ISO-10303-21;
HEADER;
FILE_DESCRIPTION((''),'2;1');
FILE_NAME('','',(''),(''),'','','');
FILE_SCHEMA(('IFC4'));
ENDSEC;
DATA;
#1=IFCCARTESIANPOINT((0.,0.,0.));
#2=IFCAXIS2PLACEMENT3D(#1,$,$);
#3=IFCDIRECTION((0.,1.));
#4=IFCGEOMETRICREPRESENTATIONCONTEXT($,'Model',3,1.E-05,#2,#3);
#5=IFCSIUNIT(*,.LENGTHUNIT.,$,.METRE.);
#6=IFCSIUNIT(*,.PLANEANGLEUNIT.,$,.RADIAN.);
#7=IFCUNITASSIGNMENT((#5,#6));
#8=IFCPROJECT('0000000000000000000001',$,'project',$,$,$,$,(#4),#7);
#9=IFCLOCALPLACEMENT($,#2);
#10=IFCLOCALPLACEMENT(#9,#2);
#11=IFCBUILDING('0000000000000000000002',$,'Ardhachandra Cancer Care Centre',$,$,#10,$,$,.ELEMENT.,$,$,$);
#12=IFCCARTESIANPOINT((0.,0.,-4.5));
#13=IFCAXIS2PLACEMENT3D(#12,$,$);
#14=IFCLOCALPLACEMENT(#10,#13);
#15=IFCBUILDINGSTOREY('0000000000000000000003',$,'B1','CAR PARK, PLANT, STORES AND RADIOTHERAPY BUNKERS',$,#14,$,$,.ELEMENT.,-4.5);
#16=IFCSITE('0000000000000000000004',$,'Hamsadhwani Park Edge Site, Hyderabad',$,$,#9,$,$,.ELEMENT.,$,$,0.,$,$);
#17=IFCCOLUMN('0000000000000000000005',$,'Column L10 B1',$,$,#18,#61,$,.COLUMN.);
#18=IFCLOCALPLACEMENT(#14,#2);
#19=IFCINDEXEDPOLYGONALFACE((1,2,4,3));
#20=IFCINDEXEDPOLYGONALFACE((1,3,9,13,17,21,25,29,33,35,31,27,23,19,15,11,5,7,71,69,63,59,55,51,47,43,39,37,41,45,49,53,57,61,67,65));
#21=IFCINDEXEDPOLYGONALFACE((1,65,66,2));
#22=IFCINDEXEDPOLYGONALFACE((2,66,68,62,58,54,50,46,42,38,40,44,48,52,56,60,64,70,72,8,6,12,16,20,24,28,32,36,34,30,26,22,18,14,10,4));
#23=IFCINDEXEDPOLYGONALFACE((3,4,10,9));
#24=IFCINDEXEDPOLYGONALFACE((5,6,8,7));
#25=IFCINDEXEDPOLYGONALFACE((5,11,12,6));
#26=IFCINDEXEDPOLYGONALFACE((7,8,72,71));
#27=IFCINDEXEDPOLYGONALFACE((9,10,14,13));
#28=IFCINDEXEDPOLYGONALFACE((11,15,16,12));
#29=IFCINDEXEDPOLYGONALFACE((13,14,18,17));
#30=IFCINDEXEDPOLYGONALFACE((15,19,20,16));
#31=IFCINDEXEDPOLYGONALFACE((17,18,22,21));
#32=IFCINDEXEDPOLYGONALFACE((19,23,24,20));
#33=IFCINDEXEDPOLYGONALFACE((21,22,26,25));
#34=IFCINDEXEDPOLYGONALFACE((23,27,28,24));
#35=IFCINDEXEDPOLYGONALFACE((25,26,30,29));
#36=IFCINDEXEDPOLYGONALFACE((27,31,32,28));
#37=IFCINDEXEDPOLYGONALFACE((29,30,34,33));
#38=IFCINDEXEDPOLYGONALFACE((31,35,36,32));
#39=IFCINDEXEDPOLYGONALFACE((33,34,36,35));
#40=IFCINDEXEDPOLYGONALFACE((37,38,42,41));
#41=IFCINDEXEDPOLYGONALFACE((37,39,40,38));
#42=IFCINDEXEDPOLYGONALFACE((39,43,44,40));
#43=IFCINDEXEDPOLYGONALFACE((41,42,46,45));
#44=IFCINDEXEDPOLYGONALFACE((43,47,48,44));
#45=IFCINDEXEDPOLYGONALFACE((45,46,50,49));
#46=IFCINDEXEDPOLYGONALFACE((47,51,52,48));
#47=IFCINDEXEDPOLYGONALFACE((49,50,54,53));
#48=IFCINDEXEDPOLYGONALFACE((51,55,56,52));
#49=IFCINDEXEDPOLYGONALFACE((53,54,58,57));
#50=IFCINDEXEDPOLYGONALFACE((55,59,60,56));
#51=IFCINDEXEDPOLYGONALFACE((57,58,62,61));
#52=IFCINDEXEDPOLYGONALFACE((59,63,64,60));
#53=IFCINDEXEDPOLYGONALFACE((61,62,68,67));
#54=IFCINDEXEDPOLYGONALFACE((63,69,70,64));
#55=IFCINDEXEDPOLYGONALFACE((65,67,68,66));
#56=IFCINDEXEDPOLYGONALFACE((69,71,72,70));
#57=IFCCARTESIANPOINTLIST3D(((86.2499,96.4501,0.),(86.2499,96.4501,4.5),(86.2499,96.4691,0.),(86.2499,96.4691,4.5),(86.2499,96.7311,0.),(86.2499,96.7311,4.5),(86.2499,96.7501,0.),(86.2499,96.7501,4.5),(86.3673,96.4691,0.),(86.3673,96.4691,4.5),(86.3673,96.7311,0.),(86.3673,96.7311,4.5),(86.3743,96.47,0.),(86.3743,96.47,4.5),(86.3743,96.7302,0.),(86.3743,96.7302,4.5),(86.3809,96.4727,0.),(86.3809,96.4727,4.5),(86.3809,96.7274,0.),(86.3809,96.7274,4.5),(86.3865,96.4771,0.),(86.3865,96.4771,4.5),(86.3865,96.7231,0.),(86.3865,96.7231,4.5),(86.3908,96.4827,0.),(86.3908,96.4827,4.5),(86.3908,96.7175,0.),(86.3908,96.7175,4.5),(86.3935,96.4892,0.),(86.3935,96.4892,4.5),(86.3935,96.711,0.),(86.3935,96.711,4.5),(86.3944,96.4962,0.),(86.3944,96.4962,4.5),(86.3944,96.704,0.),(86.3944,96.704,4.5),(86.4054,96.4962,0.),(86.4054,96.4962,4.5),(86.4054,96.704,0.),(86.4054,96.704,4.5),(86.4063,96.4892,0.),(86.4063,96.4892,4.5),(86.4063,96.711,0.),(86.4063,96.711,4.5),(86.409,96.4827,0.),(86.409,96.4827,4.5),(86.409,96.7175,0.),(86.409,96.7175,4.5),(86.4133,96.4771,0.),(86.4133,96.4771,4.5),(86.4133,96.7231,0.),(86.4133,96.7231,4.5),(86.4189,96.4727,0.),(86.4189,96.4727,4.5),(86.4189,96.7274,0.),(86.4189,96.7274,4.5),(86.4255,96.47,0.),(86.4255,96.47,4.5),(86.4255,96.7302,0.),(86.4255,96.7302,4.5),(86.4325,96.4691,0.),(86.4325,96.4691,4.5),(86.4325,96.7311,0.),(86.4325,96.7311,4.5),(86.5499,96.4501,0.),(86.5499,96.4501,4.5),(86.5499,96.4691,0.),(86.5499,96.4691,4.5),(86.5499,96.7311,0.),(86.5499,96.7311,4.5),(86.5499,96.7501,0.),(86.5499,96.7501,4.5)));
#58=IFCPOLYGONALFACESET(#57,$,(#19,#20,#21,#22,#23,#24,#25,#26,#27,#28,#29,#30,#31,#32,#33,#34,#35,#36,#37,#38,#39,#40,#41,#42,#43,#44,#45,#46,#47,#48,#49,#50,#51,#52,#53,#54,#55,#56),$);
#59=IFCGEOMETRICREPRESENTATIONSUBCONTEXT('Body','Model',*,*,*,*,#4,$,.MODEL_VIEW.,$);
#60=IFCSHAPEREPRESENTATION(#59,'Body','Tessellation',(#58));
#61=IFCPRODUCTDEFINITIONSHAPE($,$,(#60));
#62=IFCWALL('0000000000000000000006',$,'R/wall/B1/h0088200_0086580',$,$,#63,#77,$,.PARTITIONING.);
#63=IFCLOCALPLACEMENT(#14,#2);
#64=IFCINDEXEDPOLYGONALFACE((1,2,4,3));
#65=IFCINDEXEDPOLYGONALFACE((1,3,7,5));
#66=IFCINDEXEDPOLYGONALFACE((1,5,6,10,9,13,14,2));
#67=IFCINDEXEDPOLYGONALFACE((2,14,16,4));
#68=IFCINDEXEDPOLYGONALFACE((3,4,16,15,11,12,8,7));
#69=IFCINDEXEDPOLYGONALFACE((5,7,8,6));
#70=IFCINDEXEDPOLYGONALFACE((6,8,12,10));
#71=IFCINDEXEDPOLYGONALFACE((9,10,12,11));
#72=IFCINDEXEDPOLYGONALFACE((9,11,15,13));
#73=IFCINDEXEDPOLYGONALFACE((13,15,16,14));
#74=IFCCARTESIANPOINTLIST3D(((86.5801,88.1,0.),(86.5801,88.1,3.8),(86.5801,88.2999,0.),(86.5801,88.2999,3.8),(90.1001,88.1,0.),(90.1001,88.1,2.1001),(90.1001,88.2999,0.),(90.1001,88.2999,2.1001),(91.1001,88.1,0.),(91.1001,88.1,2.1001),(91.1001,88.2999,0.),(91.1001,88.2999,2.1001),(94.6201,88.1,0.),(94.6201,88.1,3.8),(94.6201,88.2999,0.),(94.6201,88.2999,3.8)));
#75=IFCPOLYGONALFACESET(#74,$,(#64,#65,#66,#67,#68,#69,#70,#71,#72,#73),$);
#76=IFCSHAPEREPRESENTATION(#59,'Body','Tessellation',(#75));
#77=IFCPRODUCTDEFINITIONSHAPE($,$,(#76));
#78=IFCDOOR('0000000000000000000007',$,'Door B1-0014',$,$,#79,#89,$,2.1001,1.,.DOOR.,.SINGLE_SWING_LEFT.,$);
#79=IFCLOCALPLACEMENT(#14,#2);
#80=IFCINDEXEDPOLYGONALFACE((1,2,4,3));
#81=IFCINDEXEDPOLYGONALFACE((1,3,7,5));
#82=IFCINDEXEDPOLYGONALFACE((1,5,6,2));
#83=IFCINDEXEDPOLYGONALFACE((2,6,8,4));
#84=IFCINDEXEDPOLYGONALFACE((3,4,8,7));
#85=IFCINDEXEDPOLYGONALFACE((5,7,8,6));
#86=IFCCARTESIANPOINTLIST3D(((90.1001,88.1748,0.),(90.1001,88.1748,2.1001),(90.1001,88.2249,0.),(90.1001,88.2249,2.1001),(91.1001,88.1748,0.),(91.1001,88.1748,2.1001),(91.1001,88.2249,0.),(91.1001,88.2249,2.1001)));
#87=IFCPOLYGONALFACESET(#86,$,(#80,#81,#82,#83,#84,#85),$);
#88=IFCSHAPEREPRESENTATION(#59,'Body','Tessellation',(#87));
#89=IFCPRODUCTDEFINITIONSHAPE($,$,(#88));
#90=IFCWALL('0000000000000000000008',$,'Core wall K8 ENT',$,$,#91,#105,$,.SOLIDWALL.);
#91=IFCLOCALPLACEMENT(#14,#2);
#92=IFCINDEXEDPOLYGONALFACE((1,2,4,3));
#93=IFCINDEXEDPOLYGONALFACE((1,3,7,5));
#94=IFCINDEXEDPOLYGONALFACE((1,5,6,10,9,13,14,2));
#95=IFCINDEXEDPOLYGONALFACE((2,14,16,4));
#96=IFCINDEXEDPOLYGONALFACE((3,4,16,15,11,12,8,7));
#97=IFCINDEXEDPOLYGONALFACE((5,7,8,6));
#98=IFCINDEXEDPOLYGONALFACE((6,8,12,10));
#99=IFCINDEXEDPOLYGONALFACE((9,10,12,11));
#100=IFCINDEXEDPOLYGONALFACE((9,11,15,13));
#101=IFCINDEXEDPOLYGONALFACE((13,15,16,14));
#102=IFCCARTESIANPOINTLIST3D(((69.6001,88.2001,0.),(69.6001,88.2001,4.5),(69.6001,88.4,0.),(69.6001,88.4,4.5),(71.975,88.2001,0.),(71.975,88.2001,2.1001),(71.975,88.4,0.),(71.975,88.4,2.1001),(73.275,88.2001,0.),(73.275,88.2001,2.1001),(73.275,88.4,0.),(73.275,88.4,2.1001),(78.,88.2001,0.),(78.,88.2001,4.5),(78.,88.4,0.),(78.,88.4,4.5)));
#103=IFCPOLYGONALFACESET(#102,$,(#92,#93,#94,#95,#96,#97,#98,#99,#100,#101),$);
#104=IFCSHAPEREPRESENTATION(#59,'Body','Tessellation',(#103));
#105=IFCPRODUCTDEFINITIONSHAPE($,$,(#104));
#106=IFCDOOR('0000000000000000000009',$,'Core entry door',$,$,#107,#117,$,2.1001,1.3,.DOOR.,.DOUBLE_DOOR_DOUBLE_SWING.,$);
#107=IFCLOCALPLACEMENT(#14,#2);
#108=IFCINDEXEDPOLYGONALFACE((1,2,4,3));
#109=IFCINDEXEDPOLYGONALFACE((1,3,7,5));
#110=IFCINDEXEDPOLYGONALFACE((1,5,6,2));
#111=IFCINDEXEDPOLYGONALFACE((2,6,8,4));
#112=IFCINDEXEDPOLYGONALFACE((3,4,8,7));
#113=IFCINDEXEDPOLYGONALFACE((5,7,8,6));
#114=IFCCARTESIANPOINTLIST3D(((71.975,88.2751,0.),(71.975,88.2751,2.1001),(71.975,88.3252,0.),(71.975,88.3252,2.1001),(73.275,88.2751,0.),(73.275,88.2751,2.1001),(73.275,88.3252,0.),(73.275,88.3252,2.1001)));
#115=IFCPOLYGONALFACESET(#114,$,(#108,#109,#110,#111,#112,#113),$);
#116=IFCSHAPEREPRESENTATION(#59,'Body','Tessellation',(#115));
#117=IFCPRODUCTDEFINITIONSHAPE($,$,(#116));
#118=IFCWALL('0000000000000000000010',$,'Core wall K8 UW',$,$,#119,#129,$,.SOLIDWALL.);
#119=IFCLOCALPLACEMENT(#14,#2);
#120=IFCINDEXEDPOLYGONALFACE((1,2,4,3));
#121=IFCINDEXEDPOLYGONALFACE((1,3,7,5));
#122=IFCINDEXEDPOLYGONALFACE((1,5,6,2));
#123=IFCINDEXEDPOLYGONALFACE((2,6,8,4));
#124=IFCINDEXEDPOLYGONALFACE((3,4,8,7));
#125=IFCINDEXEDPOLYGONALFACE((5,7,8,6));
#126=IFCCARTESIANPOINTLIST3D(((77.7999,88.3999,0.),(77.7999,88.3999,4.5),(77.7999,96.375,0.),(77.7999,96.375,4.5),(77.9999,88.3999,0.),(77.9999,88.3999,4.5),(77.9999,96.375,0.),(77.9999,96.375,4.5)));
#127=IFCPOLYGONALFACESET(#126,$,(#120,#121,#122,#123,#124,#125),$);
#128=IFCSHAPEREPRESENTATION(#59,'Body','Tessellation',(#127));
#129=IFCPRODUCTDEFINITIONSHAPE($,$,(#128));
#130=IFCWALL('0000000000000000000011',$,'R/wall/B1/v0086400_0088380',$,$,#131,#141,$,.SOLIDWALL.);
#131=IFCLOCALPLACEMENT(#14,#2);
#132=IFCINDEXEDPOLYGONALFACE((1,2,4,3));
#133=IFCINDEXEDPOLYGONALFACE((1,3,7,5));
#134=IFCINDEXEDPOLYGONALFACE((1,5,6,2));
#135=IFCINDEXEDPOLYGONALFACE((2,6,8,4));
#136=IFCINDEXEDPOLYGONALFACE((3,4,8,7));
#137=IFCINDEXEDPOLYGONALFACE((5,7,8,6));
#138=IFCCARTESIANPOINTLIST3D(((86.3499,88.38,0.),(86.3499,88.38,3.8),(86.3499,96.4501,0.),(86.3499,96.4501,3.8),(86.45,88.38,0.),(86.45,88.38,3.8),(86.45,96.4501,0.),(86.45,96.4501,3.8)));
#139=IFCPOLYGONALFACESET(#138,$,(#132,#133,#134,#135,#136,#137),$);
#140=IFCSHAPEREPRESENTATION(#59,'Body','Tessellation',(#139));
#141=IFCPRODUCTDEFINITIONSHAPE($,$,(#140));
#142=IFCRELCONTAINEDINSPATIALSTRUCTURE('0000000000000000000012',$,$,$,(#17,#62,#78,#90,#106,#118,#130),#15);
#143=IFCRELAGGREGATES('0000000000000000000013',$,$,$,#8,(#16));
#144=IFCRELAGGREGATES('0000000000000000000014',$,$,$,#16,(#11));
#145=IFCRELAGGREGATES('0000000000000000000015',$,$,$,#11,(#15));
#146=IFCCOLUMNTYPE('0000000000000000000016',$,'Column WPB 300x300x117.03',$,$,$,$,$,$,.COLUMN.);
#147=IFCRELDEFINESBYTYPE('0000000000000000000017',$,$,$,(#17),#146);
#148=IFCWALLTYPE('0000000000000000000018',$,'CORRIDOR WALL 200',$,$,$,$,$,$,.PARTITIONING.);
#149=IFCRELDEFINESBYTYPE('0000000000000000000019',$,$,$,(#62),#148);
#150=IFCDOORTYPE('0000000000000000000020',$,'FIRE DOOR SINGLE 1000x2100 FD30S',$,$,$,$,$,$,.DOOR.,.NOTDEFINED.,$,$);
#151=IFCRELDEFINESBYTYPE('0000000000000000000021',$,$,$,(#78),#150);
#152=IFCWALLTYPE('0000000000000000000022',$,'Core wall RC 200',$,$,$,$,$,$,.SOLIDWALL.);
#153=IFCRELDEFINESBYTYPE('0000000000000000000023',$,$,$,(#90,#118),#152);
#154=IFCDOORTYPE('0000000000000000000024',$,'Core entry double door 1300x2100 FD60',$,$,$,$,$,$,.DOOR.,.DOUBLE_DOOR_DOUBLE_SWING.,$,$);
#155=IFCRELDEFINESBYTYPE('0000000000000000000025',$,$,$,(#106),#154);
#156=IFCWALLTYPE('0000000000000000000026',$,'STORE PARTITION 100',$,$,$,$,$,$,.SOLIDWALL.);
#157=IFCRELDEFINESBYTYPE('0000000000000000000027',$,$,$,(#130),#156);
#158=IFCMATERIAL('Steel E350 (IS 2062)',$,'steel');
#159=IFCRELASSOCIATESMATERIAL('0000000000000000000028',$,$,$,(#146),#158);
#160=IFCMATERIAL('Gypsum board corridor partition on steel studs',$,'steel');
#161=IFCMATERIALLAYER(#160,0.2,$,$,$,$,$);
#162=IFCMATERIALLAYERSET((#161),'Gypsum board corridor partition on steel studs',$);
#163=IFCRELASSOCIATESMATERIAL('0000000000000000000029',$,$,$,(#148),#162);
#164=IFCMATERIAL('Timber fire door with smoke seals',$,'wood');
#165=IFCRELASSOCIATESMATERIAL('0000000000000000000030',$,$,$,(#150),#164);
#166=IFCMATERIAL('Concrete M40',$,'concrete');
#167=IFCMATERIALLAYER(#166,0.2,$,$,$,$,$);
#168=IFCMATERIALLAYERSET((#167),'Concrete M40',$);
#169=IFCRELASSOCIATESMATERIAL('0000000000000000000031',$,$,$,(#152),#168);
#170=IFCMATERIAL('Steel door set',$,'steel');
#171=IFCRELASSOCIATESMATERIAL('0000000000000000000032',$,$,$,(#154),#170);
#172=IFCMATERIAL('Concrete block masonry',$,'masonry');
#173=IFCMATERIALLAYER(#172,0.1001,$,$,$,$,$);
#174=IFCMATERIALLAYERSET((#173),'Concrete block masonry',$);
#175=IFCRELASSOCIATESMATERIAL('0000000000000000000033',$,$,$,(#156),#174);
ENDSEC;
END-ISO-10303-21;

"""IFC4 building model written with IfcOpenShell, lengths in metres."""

from ifc_helpers import new_model, si_unit, direction, frame, frame_2d, origin, origin_2d, place, context, subcontext, project, spatial, rectangle, i_section, extrude, material, layer, layer_set, material_profile, profile_set, type_object, element, fill, save


model = new_model("IFC4")

# Units and contexts
model_context = context("Model", 3, precision=1e-05, world=origin(), true_north=direction((0.0, 1.0)))
body_context = subcontext(model_context, "Body", "Model", "MODEL_VIEW")
ifc_project = project(units=[si_unit("LENGTHUNIT", "METRE"), si_unit("PLANEANGLEUNIT", "RADIAN")], contexts=[model_context])

# Site, building, storey
site_placement = place(None, origin())
site = spatial("IfcSite", under=ifc_project, at=site_placement, Name="Hamsadhwani Park Edge Site, Hyderabad", CompositionType="ELEMENT", RefElevation=0.0)
building_placement = place(site_placement, origin())
building = spatial("IfcBuilding", under=site, at=building_placement, Name="Ardhachandra Cancer Care Centre", CompositionType="ELEMENT")
storey_placement = place(building_placement, frame((0.0, 0.0, -4.5)))
storey = spatial("IfcBuildingStorey", under=building, at=storey_placement, Name="B1", Description="CAR PARK, PLANT, STORES AND RADIOTHERAPY BUNKERS", CompositionType="ELEMENT", Elevation=-4.5)

# Column
ifc_material_1 = material(Name="Steel E350 (IS 2062)", Category="steel")
ifc_material_profile_1 = material_profile(ifc_material_1, i_section(OverallWidth=0.3, OverallDepth=0.3, WebThickness=0.011, FlangeThickness=0.019, FilletRadius=0.0271, at=origin_2d()), Name="WPB 300x300x117.03")
ifc_profile_set_1 = profile_set([ifc_material_profile_1], Name="Steel E350 (IS 2062)")
column_type = type_object("IfcColumnType", Name="Column WPB 300x300x117.03", PredefinedType="COLUMN", material=ifc_profile_set_1)
column_placement = place(storey_placement, frame((86.3999, 96.6001, 0.0), z_axis=(0.0, 0.0, 1.0), x_axis=(1.0, 0.0, 0.0)))
element("IfcColumn", 1, at=column_placement, inside=storey, type_object=column_type, Name="Column L10 B1", PredefinedType="COLUMN", context=body_context, shape_type="SweptSolid", body=[
    extrude(i_section(OverallWidth=0.3, OverallDepth=0.3, WebThickness=0.011, FlangeThickness=0.019, FilletRadius=0.0271, at=origin_2d()), origin(), (0.0, 0.0, 1.0), 4.5),
])

# Walls, openings, doors
ifc_material_2 = material(Name="Gypsum board corridor partition on steel studs", Category="steel")
ifc_layer_1 = layer(ifc_material_2, 0.2)
ifc_layer_set_1 = layer_set([ifc_layer_1], Name="Gypsum board corridor partition on steel studs")
wall_type_1 = type_object("IfcWallType", Name="CORRIDOR WALL 200", PredefinedType="PARTITIONING", material=ifc_layer_set_1)
wall_1_placement = place(storey_placement, frame((86.5801, 88.2, 0.0), z_axis=(0.0, 0.0, 1.0), x_axis=(1.0, 0.0, 0.0)))
wall_1 = element("IfcWall", 2, at=wall_1_placement, inside=storey, type_object=wall_type_1, Name="R/wall/B1/h0088200_0086580", PredefinedType="PARTITIONING", context=body_context, shape_type="SweptSolid", body=[
    extrude(rectangle(XDim=8.04, YDim=0.2, at=frame_2d((4.02, 0.0))), origin(), (0.0, 0.0, 1.0), 3.8),
])
opening_1_placement = place(wall_1_placement, frame((3.52, 0.0, 0.0)))
opening_1 = element("IfcOpeningElement", 3, at=opening_1_placement, cuts=wall_1, PredefinedType="OPENING", context=body_context, shape_type="SweptSolid", body=[
    extrude(rectangle(XDim=1.0, YDim=2.1001, at=frame_2d((0.5, 1.05))), frame((0.0, 0.1099, 0.0), z_axis=(0.0, -1.0, 0.0), x_axis=(1.0, 0.0, 0.0)), (0.0, 0.0, 1.0), 0.22),
])
ifc_material_3 = material(Name="Timber fire door with smoke seals", Category="wood")
door_type_1 = type_object("IfcDoorType", Name="FIRE DOOR SINGLE 1000x2100 FD30S", OperationType="NOTDEFINED", PredefinedType="DOOR", material=ifc_material_3)
door_1_placement = place(opening_1_placement, origin())
door_1 = element("IfcDoor", 4, at=door_1_placement, inside=storey, type_object=door_type_1, Name="Door B1-0014", OperationType="SINGLE_SWING_LEFT", OverallHeight=2.1001, OverallWidth=1.0, PredefinedType="DOOR", context=body_context, shape_type="SweptSolid", body=[
    extrude(rectangle(XDim=1.0, YDim=2.1001, at=frame_2d((0.5, 1.05))), frame((0.0, 0.0249, 0.0), z_axis=(0.0, -1.0, 0.0), x_axis=(1.0, 0.0, 0.0)), (0.0, 0.0, 1.0), 0.05),
])
fill(opening_1, door_1)
ifc_material_4 = material(Name="Concrete M40", Category="concrete")
ifc_layer_2 = layer(ifc_material_4, 0.2)
ifc_layer_set_2 = layer_set([ifc_layer_2], Name="Concrete M40")
wall_type_2 = type_object("IfcWallType", Name="Core wall RC 200", PredefinedType="SOLIDWALL", material=ifc_layer_set_2)
wall_2_placement = place(storey_placement, frame((78.0, 88.3, 0.0), z_axis=(0.0, 0.0, 1.0), x_axis=(-1.0, 0.0, 0.0)))
wall_2 = element("IfcWall", 5, at=wall_2_placement, inside=storey, type_object=wall_type_2, Name="Core wall K8 ENT", PredefinedType="SOLIDWALL", context=body_context, shape_type="SweptSolid", body=[
    extrude(rectangle(XDim=8.3999, YDim=0.2, at=frame_2d((4.2, 0.0))), origin(), (0.0, 0.0, 1.0), 4.5),
])
opening_2_placement = place(wall_2_placement, frame((4.7251, 0.0, 0.0)))
opening_2 = element("IfcOpeningElement", 6, at=opening_2_placement, cuts=wall_2, PredefinedType="OPENING", context=body_context, shape_type="SweptSolid", body=[
    extrude(rectangle(XDim=1.3, YDim=2.1001, at=frame_2d((0.6499, 1.05))), frame((0.0, 0.1099, 0.0), z_axis=(0.0, -1.0, 0.0), x_axis=(1.0, 0.0, 0.0)), (0.0, 0.0, 1.0), 0.22),
])
ifc_material_5 = material(Name="Steel door set", Category="steel")
door_type_2 = type_object("IfcDoorType", Name="Core entry double door 1300x2100 FD60", OperationType="DOUBLE_DOOR_DOUBLE_SWING", PredefinedType="DOOR", material=ifc_material_5)
door_2_placement = place(opening_2_placement, origin())
door_2 = element("IfcDoor", 7, at=door_2_placement, inside=storey, type_object=door_type_2, Name="Core entry door", OperationType="DOUBLE_DOOR_DOUBLE_SWING", OverallHeight=2.1001, OverallWidth=1.3, PredefinedType="DOOR", context=body_context, shape_type="SweptSolid", body=[
    extrude(rectangle(XDim=1.3, YDim=2.1001, at=frame_2d((0.6499, 1.05))), frame((0.0, 0.0249, 0.0), z_axis=(0.0, -1.0, 0.0), x_axis=(1.0, 0.0, 0.0)), (0.0, 0.0, 1.0), 0.05),
])
fill(opening_2, door_2)

# Walls
wall_3_placement = place(storey_placement, frame((77.8999, 88.3999, 0.0), z_axis=(0.0, 0.0, 1.0), x_axis=(0.0, 1.0, 0.0)))
element("IfcWall", 8, at=wall_3_placement, inside=storey, type_object=wall_type_2, Name="Core wall K8 UW", PredefinedType="SOLIDWALL", context=body_context, shape_type="SweptSolid", body=[
    extrude(rectangle(XDim=7.9751, YDim=0.2, at=frame_2d((3.9875, 0.0))), origin(), (0.0, 0.0, 1.0), 4.5),
])
ifc_material_6 = material(Name="Concrete block masonry", Category="masonry")
ifc_layer_3 = layer(ifc_material_6, 0.1001)
ifc_layer_set_3 = layer_set([ifc_layer_3], Name="Concrete block masonry")
wall_type_3 = type_object("IfcWallType", Name="STORE PARTITION 100", PredefinedType="SOLIDWALL", material=ifc_layer_set_3)
wall_4_placement = place(storey_placement, frame((86.3999, 88.3799, 0.0), z_axis=(0.0, 0.0, 1.0), x_axis=(0.0, 1.0, 0.0)))
element("IfcWall", 9, at=wall_4_placement, inside=storey, type_object=wall_type_3, Name="R/wall/B1/v0086400_0088380", PredefinedType="SOLIDWALL", context=body_context, shape_type="SweptSolid", body=[
    extrude(rectangle(XDim=8.0701, YDim=0.1001, at=frame_2d((4.0352, 0.0))), origin(), (0.0, 0.0, 1.0), 3.8),
])

save(model, "model.ifc")
